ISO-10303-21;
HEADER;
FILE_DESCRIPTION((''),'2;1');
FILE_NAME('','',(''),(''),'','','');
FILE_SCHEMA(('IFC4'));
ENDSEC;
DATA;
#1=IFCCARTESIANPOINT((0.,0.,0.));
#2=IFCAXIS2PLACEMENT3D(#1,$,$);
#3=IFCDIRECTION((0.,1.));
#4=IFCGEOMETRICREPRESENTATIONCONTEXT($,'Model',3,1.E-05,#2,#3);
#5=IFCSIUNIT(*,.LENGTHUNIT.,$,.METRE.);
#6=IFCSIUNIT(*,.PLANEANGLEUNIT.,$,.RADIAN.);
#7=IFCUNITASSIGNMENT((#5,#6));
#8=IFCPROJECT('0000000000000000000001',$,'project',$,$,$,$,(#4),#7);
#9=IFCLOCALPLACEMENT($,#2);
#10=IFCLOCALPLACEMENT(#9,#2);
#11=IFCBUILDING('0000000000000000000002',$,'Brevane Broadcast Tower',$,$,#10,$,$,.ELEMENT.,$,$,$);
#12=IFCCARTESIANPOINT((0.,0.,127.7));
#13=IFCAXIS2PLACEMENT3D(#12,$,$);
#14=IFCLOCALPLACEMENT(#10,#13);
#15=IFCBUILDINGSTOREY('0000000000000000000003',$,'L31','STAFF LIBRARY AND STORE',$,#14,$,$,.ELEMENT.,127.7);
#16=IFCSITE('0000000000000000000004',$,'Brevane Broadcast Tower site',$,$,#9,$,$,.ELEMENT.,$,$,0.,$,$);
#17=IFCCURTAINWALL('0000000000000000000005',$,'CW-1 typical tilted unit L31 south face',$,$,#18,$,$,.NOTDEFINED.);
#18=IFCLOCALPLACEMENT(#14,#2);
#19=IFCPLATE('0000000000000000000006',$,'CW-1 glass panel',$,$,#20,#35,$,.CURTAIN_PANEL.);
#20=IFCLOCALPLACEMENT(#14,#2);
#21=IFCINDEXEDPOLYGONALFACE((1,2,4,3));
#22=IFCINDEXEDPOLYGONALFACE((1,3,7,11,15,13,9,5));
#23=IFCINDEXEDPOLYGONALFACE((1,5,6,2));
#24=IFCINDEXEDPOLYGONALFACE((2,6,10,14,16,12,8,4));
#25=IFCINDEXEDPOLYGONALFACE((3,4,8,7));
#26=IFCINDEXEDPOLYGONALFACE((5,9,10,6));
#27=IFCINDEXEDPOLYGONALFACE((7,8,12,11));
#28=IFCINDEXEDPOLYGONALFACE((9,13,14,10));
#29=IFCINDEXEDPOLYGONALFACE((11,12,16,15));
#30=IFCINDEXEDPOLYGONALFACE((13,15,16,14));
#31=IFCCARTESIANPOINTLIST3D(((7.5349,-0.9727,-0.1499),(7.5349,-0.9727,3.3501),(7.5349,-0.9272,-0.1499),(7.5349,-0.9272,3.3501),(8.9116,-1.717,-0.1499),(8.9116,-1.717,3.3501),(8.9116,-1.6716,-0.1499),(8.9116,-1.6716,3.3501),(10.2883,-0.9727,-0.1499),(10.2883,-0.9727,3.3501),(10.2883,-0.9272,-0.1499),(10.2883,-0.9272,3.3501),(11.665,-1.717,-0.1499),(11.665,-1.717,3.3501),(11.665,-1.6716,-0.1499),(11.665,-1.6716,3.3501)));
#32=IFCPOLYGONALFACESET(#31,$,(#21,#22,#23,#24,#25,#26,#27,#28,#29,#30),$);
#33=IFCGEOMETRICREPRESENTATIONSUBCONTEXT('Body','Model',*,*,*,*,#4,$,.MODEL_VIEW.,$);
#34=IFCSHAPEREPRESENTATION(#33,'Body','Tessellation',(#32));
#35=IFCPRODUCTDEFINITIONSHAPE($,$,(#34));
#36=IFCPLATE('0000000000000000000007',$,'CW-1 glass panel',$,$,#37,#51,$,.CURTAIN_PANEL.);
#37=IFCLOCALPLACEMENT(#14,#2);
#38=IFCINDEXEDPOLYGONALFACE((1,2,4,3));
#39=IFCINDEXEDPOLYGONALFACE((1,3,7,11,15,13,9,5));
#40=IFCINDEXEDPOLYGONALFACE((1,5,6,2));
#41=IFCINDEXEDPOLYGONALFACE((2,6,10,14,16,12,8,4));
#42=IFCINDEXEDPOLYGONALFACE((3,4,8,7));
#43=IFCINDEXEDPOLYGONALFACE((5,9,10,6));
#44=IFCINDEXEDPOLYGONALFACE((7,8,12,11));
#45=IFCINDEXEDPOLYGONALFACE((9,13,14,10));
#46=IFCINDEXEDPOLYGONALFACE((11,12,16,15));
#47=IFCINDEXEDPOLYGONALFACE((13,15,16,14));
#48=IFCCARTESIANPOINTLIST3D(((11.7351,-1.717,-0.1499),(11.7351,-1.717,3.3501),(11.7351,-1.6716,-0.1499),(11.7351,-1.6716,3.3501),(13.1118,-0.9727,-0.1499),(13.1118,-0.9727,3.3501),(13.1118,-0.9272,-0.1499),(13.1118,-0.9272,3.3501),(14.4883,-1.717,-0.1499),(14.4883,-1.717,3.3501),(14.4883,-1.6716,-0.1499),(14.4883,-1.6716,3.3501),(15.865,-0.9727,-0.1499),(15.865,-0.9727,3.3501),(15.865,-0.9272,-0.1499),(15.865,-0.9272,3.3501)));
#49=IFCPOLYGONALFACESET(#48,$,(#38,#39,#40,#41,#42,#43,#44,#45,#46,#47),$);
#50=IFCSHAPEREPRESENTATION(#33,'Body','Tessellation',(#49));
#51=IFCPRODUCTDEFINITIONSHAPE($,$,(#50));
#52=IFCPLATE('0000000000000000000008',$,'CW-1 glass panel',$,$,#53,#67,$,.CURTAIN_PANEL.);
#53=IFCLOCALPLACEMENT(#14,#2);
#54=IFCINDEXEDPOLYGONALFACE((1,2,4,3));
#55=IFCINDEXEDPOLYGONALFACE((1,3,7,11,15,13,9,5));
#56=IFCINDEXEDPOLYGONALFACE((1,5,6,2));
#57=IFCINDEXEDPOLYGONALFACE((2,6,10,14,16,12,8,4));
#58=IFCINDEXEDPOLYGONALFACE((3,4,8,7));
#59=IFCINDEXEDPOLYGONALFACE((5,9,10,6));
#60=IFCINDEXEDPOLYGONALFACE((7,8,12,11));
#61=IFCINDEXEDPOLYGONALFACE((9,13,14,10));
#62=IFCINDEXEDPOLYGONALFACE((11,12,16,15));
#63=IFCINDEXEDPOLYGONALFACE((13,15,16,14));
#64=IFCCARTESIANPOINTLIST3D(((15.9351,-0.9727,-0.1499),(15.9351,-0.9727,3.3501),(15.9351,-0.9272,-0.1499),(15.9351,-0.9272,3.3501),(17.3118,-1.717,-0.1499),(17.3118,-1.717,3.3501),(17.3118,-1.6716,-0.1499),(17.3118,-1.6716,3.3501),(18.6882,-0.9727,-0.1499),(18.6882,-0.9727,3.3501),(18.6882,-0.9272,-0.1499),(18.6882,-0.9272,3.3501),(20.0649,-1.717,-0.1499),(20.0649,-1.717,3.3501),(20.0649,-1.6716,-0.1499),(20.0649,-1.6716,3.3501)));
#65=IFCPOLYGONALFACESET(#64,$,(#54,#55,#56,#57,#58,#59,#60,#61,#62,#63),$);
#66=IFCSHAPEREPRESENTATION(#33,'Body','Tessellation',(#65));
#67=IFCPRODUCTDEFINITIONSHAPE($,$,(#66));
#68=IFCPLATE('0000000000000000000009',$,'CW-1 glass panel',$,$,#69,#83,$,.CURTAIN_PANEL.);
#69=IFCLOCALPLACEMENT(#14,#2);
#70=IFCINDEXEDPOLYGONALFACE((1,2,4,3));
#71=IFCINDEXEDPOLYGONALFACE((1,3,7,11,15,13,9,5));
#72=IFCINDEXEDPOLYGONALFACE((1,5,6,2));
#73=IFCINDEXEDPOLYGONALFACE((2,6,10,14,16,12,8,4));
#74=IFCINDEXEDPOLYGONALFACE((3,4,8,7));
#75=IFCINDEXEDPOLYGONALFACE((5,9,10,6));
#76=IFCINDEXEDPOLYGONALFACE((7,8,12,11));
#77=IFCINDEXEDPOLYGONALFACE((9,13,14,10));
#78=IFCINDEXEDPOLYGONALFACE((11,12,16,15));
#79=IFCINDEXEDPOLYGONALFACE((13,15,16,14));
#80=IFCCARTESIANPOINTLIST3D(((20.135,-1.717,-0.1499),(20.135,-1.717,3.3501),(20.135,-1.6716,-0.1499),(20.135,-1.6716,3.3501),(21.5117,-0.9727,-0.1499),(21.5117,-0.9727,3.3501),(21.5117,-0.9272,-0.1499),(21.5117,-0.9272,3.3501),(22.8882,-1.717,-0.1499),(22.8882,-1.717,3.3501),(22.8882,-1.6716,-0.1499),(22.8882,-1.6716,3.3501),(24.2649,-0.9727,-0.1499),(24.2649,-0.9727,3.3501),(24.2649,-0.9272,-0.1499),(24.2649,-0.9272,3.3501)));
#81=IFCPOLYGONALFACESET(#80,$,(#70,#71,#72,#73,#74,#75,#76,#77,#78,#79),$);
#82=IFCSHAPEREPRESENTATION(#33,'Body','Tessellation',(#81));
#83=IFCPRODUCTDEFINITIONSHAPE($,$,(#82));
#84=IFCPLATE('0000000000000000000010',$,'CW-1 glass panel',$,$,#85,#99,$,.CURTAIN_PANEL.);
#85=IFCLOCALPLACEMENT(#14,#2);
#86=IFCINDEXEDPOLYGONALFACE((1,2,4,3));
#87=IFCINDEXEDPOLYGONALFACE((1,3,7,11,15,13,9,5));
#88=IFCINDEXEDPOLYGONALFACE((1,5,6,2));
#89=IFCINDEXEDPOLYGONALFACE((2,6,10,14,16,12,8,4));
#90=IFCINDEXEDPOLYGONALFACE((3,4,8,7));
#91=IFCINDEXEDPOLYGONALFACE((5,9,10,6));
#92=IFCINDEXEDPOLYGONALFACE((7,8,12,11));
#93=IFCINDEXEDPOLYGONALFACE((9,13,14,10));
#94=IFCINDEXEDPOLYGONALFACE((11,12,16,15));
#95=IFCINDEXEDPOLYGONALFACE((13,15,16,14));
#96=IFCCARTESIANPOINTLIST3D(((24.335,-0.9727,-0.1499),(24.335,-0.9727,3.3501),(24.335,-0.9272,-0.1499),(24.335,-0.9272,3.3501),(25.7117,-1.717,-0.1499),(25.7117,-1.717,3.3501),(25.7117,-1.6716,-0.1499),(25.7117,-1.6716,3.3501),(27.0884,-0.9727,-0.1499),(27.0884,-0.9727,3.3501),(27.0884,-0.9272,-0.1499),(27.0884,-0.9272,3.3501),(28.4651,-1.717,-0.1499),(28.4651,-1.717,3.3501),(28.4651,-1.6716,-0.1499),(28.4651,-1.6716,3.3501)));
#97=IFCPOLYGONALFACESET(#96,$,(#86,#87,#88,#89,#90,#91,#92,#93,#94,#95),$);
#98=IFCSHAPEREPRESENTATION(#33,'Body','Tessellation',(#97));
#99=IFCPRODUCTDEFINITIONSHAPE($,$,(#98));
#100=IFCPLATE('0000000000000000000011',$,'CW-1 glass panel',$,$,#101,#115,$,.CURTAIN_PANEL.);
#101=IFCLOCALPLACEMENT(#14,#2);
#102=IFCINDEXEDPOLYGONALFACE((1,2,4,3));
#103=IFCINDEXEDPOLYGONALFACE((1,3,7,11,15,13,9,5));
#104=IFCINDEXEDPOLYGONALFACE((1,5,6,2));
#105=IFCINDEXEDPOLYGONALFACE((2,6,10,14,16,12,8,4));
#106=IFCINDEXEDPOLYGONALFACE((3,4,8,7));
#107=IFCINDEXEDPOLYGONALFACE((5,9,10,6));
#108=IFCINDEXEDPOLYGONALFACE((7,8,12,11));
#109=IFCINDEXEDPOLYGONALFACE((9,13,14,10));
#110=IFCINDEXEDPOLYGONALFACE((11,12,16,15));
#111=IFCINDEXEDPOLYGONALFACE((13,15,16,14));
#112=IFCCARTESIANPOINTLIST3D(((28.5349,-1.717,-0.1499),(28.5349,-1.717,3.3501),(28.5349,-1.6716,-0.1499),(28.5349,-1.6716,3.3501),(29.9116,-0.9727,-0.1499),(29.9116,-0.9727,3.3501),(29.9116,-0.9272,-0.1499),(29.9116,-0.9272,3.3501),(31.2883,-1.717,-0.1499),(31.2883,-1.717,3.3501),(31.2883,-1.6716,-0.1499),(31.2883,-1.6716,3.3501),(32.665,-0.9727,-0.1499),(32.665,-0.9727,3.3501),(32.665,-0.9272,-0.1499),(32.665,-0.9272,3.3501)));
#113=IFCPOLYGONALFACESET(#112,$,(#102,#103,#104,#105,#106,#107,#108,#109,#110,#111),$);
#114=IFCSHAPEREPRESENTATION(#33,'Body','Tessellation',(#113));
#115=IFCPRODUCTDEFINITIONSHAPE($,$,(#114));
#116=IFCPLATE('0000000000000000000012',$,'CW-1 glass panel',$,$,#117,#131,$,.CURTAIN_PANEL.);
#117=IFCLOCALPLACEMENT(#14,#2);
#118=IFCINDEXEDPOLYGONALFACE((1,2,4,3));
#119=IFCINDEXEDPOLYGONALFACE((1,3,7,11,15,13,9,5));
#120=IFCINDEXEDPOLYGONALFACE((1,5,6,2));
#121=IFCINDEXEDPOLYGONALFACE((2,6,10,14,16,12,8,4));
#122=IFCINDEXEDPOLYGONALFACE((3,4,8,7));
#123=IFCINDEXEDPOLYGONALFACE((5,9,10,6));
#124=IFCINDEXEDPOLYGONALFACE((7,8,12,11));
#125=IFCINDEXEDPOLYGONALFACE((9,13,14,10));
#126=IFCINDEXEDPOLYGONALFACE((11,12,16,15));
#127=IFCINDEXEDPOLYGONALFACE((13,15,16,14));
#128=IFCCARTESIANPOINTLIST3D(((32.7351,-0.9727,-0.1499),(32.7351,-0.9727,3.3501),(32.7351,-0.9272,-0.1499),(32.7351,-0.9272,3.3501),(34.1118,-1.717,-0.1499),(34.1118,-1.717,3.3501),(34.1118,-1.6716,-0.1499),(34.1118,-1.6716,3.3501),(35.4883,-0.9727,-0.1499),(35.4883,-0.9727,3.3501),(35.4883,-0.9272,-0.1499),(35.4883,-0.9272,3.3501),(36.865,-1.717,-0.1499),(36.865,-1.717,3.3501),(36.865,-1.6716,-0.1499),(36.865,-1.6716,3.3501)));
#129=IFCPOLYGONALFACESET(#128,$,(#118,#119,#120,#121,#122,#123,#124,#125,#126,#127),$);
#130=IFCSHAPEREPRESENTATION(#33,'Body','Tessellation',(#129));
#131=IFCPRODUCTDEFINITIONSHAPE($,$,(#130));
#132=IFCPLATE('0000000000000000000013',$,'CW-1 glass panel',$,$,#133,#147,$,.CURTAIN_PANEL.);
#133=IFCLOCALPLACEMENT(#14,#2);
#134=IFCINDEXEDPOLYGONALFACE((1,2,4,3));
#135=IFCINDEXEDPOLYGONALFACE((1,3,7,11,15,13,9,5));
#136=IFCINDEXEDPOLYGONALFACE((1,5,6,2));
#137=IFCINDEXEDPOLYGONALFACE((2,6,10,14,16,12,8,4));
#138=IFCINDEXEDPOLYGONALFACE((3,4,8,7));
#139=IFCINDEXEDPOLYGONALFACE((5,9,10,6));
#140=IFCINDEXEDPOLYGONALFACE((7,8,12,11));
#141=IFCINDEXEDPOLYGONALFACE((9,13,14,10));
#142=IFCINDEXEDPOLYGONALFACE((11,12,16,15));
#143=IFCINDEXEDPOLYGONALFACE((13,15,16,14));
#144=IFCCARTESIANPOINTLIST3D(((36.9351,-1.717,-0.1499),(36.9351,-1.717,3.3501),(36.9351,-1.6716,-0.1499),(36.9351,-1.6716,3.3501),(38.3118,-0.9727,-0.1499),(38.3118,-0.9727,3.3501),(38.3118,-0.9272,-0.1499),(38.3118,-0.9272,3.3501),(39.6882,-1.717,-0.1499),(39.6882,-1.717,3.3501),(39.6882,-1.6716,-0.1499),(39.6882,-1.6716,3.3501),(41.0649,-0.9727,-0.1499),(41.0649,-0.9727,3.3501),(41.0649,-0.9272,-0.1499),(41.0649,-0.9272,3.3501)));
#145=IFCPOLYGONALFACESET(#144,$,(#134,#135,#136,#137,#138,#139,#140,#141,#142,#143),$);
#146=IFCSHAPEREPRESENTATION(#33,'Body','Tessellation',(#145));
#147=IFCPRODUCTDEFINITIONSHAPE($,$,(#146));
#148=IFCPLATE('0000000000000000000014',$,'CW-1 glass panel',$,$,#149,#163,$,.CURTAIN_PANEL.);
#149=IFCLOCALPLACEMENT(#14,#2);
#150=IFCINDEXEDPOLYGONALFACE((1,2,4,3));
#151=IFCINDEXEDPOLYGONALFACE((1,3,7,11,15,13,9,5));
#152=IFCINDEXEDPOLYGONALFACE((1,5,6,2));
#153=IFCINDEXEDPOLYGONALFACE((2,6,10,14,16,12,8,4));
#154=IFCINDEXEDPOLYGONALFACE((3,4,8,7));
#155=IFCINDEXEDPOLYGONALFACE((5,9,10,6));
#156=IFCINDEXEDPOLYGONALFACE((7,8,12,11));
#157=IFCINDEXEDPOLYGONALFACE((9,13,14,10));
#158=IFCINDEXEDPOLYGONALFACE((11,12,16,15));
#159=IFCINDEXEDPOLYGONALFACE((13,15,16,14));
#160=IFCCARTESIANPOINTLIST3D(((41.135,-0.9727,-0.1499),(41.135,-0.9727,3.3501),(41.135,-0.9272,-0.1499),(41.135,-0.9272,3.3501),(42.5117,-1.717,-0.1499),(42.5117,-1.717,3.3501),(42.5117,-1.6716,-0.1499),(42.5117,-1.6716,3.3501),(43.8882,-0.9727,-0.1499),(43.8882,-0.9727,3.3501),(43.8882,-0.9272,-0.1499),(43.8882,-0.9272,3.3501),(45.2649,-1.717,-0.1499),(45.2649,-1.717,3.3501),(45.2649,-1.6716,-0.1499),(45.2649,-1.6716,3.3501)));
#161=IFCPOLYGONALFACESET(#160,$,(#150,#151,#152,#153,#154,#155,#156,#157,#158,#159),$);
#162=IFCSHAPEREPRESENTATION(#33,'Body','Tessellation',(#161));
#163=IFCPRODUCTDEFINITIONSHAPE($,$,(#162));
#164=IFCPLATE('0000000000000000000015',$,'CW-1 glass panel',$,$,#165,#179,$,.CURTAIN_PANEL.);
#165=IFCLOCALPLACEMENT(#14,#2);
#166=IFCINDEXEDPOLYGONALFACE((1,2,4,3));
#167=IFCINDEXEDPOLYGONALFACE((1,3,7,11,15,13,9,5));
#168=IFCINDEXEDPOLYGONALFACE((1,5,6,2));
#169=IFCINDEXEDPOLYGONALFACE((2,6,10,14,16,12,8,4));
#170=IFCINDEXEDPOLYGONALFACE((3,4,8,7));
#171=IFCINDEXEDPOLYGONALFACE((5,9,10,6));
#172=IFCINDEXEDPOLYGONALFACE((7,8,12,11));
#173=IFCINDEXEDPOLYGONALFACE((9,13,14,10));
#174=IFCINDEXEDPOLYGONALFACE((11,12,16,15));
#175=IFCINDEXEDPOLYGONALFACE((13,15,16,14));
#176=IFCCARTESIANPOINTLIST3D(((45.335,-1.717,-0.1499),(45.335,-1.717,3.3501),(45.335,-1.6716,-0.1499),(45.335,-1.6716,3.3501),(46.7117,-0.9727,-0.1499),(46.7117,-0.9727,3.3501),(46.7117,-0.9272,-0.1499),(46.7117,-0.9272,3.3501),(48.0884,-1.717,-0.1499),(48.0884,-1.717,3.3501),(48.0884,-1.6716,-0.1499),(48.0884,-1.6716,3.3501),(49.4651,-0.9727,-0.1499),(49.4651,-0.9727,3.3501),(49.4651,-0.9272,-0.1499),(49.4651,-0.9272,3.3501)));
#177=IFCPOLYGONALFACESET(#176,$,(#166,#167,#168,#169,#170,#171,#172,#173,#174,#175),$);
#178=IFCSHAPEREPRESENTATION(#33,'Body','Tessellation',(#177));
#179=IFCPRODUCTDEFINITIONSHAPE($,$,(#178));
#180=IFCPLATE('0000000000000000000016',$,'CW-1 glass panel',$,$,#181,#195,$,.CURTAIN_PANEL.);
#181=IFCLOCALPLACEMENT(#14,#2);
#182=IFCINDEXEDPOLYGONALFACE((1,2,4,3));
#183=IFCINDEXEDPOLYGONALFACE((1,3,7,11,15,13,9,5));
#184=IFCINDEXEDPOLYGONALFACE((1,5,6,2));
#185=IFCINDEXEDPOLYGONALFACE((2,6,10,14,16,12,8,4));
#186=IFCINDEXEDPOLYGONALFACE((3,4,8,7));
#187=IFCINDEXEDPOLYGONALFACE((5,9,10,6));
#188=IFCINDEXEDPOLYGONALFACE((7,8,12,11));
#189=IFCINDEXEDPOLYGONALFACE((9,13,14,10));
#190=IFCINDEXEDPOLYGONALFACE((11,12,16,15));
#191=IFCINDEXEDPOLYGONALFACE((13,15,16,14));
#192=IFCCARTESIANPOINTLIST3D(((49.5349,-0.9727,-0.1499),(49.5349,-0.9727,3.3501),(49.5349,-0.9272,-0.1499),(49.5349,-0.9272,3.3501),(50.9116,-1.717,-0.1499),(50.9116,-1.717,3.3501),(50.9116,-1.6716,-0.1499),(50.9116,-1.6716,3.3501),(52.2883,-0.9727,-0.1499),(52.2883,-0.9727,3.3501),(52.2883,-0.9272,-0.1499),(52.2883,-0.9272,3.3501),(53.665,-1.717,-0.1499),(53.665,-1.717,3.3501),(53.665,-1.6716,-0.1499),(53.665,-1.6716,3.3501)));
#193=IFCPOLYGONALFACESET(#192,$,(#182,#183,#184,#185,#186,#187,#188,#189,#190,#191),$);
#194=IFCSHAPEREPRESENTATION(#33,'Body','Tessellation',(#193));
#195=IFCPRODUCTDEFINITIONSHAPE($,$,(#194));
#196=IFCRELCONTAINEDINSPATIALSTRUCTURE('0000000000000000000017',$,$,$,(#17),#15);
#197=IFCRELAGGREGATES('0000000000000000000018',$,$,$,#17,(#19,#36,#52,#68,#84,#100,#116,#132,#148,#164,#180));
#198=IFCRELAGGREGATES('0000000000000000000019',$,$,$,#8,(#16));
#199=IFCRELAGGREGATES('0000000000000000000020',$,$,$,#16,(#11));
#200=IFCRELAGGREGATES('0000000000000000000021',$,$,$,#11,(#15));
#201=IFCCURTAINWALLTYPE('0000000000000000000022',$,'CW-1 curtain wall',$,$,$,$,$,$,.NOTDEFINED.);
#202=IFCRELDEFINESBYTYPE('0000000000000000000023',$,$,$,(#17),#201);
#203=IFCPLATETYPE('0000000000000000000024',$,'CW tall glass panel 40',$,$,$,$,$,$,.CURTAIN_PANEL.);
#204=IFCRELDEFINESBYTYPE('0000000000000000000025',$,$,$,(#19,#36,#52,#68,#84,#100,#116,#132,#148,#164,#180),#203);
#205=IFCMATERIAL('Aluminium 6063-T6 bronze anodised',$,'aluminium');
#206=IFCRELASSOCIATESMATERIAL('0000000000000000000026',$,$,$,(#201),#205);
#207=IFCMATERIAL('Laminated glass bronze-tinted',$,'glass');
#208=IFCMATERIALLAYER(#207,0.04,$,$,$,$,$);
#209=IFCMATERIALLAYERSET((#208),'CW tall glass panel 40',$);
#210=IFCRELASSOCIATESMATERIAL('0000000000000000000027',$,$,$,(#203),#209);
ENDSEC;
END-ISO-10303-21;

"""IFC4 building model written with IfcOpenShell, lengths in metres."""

from ifc_helpers import new_model, si_unit, direction, frame, origin, place, context, subcontext, project, spatial, polyline, outline, extrude, material, layer, layer_set, type_object, element, aggregate, save


model = new_model("IFC4")

# Units and contexts
model_context = context("Model", 3, precision=1e-05, world=origin(), true_north=direction((0.0, 1.0)))
body_context = subcontext(model_context, "Body", "Model", "MODEL_VIEW")
ifc_project = project(units=[si_unit("LENGTHUNIT", "METRE"), si_unit("PLANEANGLEUNIT", "RADIAN")], contexts=[model_context])

# Site, building, storey
site_placement = place(None, origin())
site = spatial("IfcSite", under=ifc_project, at=site_placement, Name="Brevane Broadcast Tower site", CompositionType="ELEMENT", RefElevation=0.0)
building_placement = place(site_placement, origin())
building = spatial("IfcBuilding", under=site, at=building_placement, Name="Brevane Broadcast Tower", CompositionType="ELEMENT")
storey_placement = place(building_placement, frame((0.0, 0.0, 127.7)))
storey = spatial("IfcBuildingStorey", under=building, at=storey_placement, Name="L31", Description="STAFF LIBRARY AND STORE", CompositionType="ELEMENT", Elevation=127.7)

# Curtain wall, plates
ifc_material_1 = material(Name="Aluminium 6063-T6 bronze anodised", Category="aluminium")
curtain_wall_type = type_object("IfcCurtainWallType", Name="CW-1 curtain wall", PredefinedType="NOTDEFINED", material=ifc_material_1)
curtain_wall_1_placement = place(storey_placement, origin())
curtain_wall_1 = element("IfcCurtainWall", 1, at=curtain_wall_1_placement, inside=storey, type_object=curtain_wall_type, Name="CW-1 typical tilted unit L31 south face", PredefinedType="NOTDEFINED")
ifc_material_2 = material(Name="Laminated glass bronze-tinted", Category="glass")
ifc_layer = layer(ifc_material_2, 0.04)
ifc_layer_set = layer_set([ifc_layer], Name="CW tall glass panel 40")
plate_type = type_object("IfcPlateType", Name="CW tall glass panel 40", PredefinedType="CURTAIN_PANEL", material=ifc_layer_set)
plate_1_placement = place(storey_placement, frame((0.0, 0.0, -0.1499)))
plate_1 = element("IfcPlate", 2, at=plate_1_placement, type_object=plate_type, Name="CW-1 glass panel", PredefinedType="CURTAIN_PANEL", context=body_context, shape_type="SweptSolid", body=[
    extrude(outline(polyline([(7.5349, -0.9272), (7.5349, -0.9727), (8.9116, -1.717), (10.2883, -0.9727), (11.665, -1.717), (11.665, -1.6716), (10.2883, -0.9272), (8.9116, -1.6716), (7.5349, -0.9272)])), origin(), (0.0, 0.0, 1.0), 3.5),
])
plate_2_placement = place(storey_placement, frame((0.0, 0.0, -0.1499)))
plate_2 = element("IfcPlate", 3, at=plate_2_placement, type_object=plate_type, Name="CW-1 glass panel", PredefinedType="CURTAIN_PANEL", context=body_context, shape_type="SweptSolid", body=[
    extrude(outline(polyline([(11.7351, -1.6716), (11.7351, -1.717), (13.1118, -0.9727), (14.4883, -1.717), (15.865, -0.9727), (15.865, -0.9272), (14.4883, -1.6716), (13.1118, -0.9272), (11.7351, -1.6716)])), origin(), (0.0, 0.0, 1.0), 3.5),
])
plate_3_placement = place(storey_placement, frame((0.0, 0.0, -0.1499)))
plate_3 = element("IfcPlate", 4, at=plate_3_placement, type_object=plate_type, Name="CW-1 glass panel", PredefinedType="CURTAIN_PANEL", context=body_context, shape_type="SweptSolid", body=[
    extrude(outline(polyline([(15.9351, -0.9272), (15.9351, -0.9727), (17.3118, -1.717), (18.6882, -0.9727), (20.0649, -1.717), (20.0649, -1.6716), (18.6882, -0.9272), (17.3118, -1.6716), (15.9351, -0.9272)])), origin(), (0.0, 0.0, 1.0), 3.5),
])
plate_4_placement = place(storey_placement, frame((0.0, 0.0, -0.1499)))
plate_4 = element("IfcPlate", 5, at=plate_4_placement, type_object=plate_type, Name="CW-1 glass panel", PredefinedType="CURTAIN_PANEL", context=body_context, shape_type="SweptSolid", body=[
    extrude(outline(polyline([(20.135, -1.6716), (20.135, -1.717), (21.5117, -0.9727), (22.8882, -1.717), (24.2649, -0.9727), (24.2649, -0.9272), (22.8882, -1.6716), (21.5117, -0.9272), (20.135, -1.6716)])), origin(), (0.0, 0.0, 1.0), 3.5),
])
plate_5_placement = place(storey_placement, frame((0.0, 0.0, -0.1499)))
plate_5 = element("IfcPlate", 6, at=plate_5_placement, type_object=plate_type, Name="CW-1 glass panel", PredefinedType="CURTAIN_PANEL", context=body_context, shape_type="SweptSolid", body=[
    extrude(outline(polyline([(24.335, -0.9272), (24.335, -0.9727), (25.7117, -1.717), (27.0884, -0.9727), (28.4651, -1.717), (28.4651, -1.6716), (27.0884, -0.9272), (25.7117, -1.6716), (24.335, -0.9272)])), origin(), (0.0, 0.0, 1.0), 3.5),
])
plate_6_placement = place(storey_placement, frame((0.0, 0.0, -0.1499)))
plate_6 = element("IfcPlate", 7, at=plate_6_placement, type_object=plate_type, Name="CW-1 glass panel", PredefinedType="CURTAIN_PANEL", context=body_context, shape_type="SweptSolid", body=[
    extrude(outline(polyline([(28.5349, -1.6716), (28.5349, -1.717), (29.9116, -0.9727), (31.2883, -1.717), (32.665, -0.9727), (32.665, -0.9272), (31.2883, -1.6716), (29.9116, -0.9272), (28.5349, -1.6716)])), origin(), (0.0, 0.0, 1.0), 3.5),
])
plate_7_placement = place(storey_placement, frame((0.0, 0.0, -0.1499)))
plate_7 = element("IfcPlate", 8, at=plate_7_placement, type_object=plate_type, Name="CW-1 glass panel", PredefinedType="CURTAIN_PANEL", context=body_context, shape_type="SweptSolid", body=[
    extrude(outline(polyline([(32.7351, -0.9272), (32.7351, -0.9727), (34.1118, -1.717), (35.4883, -0.9727), (36.865, -1.717), (36.865, -1.6716), (35.4883, -0.9272), (34.1118, -1.6716), (32.7351, -0.9272)])), origin(), (0.0, 0.0, 1.0), 3.5),
])
plate_8_placement = place(storey_placement, frame((0.0, 0.0, -0.1499)))
plate_8 = element("IfcPlate", 9, at=plate_8_placement, type_object=plate_type, Name="CW-1 glass panel", PredefinedType="CURTAIN_PANEL", context=body_context, shape_type="SweptSolid", body=[
    extrude(outline(polyline([(36.9351, -1.6716), (36.9351, -1.717), (38.3118, -0.9727), (39.6882, -1.717), (41.0649, -0.9727), (41.0649, -0.9272), (39.6882, -1.6716), (38.3118, -0.9272), (36.9351, -1.6716)])), origin(), (0.0, 0.0, 1.0), 3.5),
])
plate_9_placement = place(storey_placement, frame((0.0, 0.0, -0.1499)))
plate_9 = element("IfcPlate", 10, at=plate_9_placement, type_object=plate_type, Name="CW-1 glass panel", PredefinedType="CURTAIN_PANEL", context=body_context, shape_type="SweptSolid", body=[
    extrude(outline(polyline([(41.135, -0.9272), (41.135, -0.9727), (42.5117, -1.717), (43.8882, -0.9727), (45.2649, -1.717), (45.2649, -1.6716), (43.8882, -0.9272), (42.5117, -1.6716), (41.135, -0.9272)])), origin(), (0.0, 0.0, 1.0), 3.5),
])
plate_10_placement = place(storey_placement, frame((0.0, 0.0, -0.1499)))
plate_10 = element("IfcPlate", 11, at=plate_10_placement, type_object=plate_type, Name="CW-1 glass panel", PredefinedType="CURTAIN_PANEL", context=body_context, shape_type="SweptSolid", body=[
    extrude(outline(polyline([(45.335, -1.6716), (45.335, -1.717), (46.7117, -0.9727), (48.0884, -1.717), (49.4651, -0.9727), (49.4651, -0.9272), (48.0884, -1.6716), (46.7117, -0.9272), (45.335, -1.6716)])), origin(), (0.0, 0.0, 1.0), 3.5),
])
plate_11_placement = place(storey_placement, frame((0.0, 0.0, -0.1499)))
plate_11 = element("IfcPlate", 12, at=plate_11_placement, type_object=plate_type, Name="CW-1 glass panel", PredefinedType="CURTAIN_PANEL", context=body_context, shape_type="SweptSolid", body=[
    extrude(outline(polyline([(49.5349, -0.9272), (49.5349, -0.9727), (50.9116, -1.717), (52.2883, -0.9727), (53.665, -1.717), (53.665, -1.6716), (52.2883, -0.9272), (50.9116, -1.6716), (49.5349, -0.9272)])), origin(), (0.0, 0.0, 1.0), 3.5),
])
aggregate(curtain_wall_1, [plate_1, plate_2, plate_3, plate_4, plate_5, plate_6, plate_7, plate_8, plate_9, plate_10, plate_11])

save(model, "model.ifc")
